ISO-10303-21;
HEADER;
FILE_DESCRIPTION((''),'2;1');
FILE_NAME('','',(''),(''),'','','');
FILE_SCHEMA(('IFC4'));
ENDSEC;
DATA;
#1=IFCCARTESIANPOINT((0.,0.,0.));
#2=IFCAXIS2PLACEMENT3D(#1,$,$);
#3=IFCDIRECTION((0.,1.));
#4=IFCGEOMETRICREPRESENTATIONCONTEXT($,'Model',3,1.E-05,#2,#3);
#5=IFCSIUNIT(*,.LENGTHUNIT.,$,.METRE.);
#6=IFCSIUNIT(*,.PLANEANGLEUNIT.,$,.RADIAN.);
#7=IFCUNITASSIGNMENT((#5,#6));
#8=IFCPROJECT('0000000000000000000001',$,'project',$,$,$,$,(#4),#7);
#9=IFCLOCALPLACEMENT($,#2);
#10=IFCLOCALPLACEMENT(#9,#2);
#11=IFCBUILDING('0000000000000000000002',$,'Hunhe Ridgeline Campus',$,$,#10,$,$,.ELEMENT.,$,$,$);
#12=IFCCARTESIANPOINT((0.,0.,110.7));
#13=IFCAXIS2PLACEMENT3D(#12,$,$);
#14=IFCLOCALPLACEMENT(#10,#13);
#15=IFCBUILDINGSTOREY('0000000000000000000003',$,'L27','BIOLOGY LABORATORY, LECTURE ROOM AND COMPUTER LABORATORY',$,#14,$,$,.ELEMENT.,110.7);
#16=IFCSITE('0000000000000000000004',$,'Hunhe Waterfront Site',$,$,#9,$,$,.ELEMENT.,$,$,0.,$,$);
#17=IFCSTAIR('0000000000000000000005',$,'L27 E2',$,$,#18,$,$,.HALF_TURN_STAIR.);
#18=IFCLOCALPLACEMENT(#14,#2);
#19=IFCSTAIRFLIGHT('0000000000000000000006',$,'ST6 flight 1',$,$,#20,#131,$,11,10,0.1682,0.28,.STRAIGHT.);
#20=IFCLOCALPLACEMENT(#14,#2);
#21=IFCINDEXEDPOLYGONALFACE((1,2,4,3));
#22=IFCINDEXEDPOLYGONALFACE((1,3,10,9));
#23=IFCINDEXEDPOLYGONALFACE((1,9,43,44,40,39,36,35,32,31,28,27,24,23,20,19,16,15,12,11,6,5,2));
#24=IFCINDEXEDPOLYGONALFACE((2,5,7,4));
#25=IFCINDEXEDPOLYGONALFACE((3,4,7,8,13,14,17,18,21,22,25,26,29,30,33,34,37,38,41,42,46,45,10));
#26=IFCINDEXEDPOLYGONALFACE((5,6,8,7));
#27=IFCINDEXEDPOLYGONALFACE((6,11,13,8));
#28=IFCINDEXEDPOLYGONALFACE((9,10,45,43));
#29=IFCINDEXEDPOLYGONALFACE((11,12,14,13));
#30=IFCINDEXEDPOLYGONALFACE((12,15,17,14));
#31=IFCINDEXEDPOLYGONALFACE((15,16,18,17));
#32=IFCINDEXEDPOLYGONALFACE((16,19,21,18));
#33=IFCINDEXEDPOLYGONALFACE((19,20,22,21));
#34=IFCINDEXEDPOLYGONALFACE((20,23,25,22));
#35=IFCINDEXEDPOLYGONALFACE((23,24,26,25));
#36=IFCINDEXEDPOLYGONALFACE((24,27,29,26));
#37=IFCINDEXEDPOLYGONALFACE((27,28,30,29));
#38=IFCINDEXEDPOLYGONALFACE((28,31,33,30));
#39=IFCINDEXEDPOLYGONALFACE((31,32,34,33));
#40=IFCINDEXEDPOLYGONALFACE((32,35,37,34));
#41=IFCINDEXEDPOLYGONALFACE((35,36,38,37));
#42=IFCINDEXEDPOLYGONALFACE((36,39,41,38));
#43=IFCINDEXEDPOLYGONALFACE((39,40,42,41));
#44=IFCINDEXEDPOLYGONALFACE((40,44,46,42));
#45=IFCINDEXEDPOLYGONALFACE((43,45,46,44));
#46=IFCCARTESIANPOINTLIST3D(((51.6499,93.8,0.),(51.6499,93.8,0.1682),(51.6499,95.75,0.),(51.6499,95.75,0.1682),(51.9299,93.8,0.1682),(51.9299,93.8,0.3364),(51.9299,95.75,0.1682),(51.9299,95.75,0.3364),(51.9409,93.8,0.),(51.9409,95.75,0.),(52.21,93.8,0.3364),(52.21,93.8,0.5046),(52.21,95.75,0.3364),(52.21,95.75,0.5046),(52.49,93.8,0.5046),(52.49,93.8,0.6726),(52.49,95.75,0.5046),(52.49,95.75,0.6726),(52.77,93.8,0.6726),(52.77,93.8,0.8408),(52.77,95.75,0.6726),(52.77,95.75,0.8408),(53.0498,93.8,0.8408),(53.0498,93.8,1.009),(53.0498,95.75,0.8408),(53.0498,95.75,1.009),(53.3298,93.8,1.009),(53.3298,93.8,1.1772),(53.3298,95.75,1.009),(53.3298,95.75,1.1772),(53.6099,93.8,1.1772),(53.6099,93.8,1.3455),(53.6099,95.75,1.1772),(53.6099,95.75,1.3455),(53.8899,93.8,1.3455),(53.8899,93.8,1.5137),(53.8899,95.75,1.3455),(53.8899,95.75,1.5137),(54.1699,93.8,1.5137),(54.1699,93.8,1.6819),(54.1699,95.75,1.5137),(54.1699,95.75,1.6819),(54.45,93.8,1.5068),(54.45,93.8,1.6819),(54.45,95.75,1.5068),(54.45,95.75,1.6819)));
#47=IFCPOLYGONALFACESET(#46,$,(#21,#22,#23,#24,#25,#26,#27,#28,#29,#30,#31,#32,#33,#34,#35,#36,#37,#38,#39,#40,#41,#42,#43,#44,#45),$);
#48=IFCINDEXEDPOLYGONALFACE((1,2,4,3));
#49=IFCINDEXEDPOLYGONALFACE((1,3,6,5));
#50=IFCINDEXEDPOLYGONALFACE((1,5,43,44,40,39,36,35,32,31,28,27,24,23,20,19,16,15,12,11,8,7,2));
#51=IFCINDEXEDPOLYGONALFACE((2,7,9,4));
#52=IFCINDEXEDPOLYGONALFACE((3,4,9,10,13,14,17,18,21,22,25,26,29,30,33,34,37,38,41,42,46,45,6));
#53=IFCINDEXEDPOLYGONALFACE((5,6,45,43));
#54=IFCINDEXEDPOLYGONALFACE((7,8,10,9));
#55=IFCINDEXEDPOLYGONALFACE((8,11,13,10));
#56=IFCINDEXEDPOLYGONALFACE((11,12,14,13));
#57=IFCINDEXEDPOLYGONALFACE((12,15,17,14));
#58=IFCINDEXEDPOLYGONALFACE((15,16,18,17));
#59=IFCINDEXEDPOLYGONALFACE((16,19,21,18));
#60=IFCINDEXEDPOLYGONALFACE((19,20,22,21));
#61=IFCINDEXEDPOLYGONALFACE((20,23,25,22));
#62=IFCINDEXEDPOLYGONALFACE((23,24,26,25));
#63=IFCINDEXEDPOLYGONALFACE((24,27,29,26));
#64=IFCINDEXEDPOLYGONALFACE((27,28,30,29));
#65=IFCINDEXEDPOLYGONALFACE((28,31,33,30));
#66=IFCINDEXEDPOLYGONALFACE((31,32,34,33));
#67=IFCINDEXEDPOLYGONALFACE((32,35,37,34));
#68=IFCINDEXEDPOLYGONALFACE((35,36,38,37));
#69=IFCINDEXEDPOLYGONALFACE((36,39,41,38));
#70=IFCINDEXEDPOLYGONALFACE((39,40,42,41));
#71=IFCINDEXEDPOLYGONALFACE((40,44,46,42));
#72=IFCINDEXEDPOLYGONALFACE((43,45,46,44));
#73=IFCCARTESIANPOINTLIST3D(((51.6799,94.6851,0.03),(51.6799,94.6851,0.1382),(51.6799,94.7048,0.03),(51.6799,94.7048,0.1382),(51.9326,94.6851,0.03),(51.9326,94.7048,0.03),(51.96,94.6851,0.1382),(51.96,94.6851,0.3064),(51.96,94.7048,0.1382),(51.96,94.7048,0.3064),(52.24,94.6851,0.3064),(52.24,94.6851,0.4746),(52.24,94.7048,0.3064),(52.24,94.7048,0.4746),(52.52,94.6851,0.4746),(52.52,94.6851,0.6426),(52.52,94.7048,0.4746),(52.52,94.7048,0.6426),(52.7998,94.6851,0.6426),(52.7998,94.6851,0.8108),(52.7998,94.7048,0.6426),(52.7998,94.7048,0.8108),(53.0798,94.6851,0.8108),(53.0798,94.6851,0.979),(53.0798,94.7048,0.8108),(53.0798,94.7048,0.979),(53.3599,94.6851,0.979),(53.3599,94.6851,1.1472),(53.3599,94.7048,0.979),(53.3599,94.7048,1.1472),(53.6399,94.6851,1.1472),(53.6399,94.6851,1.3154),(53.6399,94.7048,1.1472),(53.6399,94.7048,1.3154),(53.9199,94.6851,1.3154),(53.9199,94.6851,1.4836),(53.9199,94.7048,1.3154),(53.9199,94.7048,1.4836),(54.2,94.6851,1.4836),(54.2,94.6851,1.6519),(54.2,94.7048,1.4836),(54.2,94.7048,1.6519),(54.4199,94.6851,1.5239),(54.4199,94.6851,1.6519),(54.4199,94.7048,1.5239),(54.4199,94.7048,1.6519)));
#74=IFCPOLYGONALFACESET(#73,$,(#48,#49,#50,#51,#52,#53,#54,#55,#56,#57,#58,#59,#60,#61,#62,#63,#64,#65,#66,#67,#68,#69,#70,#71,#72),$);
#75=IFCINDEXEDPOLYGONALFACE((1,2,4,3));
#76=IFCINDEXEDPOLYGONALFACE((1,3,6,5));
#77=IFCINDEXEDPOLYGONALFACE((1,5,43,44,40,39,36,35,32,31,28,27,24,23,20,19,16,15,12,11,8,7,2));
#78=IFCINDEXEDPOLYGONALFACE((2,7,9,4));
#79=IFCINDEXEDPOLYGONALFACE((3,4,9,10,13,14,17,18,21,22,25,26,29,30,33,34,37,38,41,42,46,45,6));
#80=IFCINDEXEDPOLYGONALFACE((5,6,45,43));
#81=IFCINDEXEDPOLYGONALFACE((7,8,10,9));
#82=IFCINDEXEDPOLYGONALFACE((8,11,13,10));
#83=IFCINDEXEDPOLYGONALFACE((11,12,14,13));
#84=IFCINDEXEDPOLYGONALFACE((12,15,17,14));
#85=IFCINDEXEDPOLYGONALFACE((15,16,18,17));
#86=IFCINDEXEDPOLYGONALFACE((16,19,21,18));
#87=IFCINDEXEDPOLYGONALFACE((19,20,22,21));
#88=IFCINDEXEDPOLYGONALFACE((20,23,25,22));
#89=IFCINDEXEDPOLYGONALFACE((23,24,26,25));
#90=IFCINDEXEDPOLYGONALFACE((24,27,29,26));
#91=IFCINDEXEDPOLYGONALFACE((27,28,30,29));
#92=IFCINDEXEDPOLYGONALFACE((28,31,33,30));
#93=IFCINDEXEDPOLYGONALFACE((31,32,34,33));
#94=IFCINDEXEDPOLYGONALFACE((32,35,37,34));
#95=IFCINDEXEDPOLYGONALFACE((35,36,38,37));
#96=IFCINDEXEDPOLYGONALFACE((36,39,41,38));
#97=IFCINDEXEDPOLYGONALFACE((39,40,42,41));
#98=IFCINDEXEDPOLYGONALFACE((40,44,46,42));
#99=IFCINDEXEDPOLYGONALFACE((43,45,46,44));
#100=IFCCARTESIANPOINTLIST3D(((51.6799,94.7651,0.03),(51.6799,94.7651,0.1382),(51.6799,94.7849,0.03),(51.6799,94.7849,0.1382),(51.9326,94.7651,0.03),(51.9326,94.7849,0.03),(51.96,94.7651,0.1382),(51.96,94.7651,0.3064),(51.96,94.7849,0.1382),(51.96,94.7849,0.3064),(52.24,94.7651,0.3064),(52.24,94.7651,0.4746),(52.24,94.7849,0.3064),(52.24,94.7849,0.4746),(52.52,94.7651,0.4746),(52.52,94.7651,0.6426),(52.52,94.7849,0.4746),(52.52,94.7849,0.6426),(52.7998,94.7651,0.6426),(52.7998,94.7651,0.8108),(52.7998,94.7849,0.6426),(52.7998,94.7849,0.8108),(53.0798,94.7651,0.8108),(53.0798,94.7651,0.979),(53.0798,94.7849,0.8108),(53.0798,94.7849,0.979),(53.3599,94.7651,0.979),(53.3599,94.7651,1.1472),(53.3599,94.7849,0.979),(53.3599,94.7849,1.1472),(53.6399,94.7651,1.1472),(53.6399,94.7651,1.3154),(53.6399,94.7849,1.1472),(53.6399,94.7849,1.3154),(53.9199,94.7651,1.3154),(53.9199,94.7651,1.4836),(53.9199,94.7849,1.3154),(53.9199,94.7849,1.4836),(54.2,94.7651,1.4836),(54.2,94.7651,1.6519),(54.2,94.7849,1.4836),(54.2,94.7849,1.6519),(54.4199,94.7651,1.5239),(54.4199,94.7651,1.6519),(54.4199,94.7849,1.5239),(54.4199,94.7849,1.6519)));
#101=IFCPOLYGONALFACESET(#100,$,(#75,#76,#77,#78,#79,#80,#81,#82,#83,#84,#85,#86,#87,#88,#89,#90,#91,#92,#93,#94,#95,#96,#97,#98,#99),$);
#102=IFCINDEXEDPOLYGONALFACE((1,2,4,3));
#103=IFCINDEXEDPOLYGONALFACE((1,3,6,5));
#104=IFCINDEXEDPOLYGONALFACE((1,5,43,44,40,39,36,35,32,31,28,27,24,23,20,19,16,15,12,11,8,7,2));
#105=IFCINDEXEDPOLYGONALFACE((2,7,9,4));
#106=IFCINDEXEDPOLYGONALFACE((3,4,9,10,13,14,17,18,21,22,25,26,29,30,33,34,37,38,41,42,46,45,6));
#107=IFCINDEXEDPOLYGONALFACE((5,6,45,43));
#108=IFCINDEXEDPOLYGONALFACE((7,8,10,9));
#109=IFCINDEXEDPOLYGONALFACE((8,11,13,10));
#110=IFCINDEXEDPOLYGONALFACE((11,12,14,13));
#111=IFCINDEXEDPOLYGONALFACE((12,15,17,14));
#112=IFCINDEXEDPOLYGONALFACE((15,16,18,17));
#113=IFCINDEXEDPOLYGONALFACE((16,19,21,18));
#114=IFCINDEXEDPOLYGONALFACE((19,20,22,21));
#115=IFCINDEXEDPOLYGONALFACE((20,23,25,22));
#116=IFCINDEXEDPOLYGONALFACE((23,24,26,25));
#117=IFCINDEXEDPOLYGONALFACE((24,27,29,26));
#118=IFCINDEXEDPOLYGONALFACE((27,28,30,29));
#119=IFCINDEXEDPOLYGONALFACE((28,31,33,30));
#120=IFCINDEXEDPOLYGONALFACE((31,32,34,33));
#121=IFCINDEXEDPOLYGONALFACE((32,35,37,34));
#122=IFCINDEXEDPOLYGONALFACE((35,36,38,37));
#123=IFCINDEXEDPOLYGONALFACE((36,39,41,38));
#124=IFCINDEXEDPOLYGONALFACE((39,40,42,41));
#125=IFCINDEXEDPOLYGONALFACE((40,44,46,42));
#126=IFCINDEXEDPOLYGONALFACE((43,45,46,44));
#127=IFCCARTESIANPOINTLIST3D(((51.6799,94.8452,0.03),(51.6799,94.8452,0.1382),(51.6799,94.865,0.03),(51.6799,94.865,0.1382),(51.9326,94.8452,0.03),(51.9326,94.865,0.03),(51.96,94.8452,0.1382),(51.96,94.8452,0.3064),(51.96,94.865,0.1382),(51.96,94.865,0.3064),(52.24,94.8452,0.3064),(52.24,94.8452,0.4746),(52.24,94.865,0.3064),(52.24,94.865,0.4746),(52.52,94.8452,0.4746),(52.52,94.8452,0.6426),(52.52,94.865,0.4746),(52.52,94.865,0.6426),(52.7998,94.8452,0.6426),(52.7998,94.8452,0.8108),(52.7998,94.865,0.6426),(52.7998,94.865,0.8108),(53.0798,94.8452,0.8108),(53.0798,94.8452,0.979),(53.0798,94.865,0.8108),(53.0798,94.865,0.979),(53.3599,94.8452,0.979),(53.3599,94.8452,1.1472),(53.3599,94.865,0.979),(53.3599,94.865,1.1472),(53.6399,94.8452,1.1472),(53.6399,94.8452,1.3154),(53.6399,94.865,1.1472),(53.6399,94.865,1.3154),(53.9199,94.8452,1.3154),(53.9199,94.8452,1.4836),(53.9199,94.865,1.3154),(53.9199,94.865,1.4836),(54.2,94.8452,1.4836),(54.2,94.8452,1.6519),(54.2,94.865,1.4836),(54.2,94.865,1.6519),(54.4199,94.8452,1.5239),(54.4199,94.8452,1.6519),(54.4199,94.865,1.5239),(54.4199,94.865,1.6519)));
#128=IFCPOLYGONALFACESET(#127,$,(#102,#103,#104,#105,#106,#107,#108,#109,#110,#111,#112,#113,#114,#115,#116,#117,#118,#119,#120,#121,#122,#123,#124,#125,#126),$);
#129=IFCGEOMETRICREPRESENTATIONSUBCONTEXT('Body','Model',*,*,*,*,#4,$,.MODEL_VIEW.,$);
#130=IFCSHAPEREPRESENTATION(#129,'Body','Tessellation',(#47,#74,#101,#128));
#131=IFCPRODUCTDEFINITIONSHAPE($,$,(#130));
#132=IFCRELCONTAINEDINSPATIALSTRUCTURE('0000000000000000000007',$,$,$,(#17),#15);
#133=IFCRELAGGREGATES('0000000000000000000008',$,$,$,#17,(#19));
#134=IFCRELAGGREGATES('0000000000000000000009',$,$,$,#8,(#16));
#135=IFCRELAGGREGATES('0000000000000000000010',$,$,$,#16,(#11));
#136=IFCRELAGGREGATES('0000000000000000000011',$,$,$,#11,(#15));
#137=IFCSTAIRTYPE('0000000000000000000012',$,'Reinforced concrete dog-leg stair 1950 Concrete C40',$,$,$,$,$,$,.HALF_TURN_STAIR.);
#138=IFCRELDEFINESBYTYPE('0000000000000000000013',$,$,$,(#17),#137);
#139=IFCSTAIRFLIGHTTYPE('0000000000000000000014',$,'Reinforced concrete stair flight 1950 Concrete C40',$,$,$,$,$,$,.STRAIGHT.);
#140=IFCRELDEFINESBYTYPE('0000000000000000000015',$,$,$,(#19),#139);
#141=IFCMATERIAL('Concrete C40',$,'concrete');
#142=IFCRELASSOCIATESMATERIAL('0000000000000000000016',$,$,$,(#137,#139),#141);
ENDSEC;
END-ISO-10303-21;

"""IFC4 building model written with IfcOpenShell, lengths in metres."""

from ifc_helpers import new_model, si_unit, direction, frame, origin, place, context, subcontext, project, spatial, polyline, outline, extrude, material, type_object, element, aggregate, save


model = new_model("IFC4")

# Units and contexts
model_context = context("Model", 3, precision=1e-05, world=origin(), true_north=direction((0.0, 1.0)))
body_context = subcontext(model_context, "Body", "Model", "MODEL_VIEW")
ifc_project = project(units=[si_unit("LENGTHUNIT", "METRE"), si_unit("PLANEANGLEUNIT", "RADIAN")], contexts=[model_context])

# Site, building, storey
site_placement = place(None, origin())
site = spatial("IfcSite", under=ifc_project, at=site_placement, Name="Hunhe Waterfront Site", CompositionType="ELEMENT", RefElevation=0.0)
building_placement = place(site_placement, origin())
building = spatial("IfcBuilding", under=site, at=building_placement, Name="Hunhe Ridgeline Campus", CompositionType="ELEMENT")
storey_placement = place(building_placement, frame((0.0, 0.0, 110.7)))
storey = spatial("IfcBuildingStorey", under=building, at=storey_placement, Name="L27", Description="BIOLOGY LABORATORY, LECTURE ROOM AND COMPUTER LABORATORY", CompositionType="ELEMENT", Elevation=110.7)

# Stair, stair flight
ifc_material_1 = material(Name="Concrete C40", Category="concrete")
stair_type = type_object("IfcStairType", Name="Reinforced concrete dog-leg stair 1950 Concrete C40", PredefinedType="HALF_TURN_STAIR", material=ifc_material_1)
stair_1_placement = place(storey_placement, origin())
stair_1 = element("IfcStair", 1, at=stair_1_placement, inside=storey, type_object=stair_type, Name="L27 E2", PredefinedType="HALF_TURN_STAIR")
stair_flight_type = type_object("IfcStairFlightType", Name="Reinforced concrete stair flight 1950 Concrete C40", PredefinedType="STRAIGHT", material=ifc_material_1)
stair_flight_1_placement = place(storey_placement, frame((51.6499, 94.7749, 0.0), z_axis=(0.0, 0.0, 1.0), x_axis=(1.0, 0.0, 0.0)))
stair_flight_1 = element("IfcStairFlight", 2, at=stair_flight_1_placement, type_object=stair_flight_type, Name="ST6 flight 1", NumberOfRisers=11, NumberOfTreads=10, PredefinedType="STRAIGHT", RiserHeight=0.1682, TreadLength=0.28, context=body_context, shape_type="SweptSolid", body=[
    extrude(outline(polyline([(0.0, 0.0), (0.0, 0.1682), (0.28, 0.1682), (0.28, 0.3364), (0.5601, 0.3364), (0.5601, 0.5046), (0.8401, 0.5046), (0.8401, 0.6726), (1.1201, 0.6726), (1.1201, 0.8408), (1.3999, 0.8408), (1.3999, 1.009), (1.6799, 1.009), (1.6799, 1.1772), (1.96, 1.1772), (1.96, 1.3455), (2.24, 1.3455), (2.24, 1.5137), (2.52, 1.5137), (2.52, 1.6819), (2.8, 1.6819), (2.8, 1.8501), (2.8, 1.5068), (0.291, 0.0), (0.0, 0.0)])), frame((0.0, 0.9751, 0.0), z_axis=(0.0, -1.0, 0.0), x_axis=(1.0, 0.0, 0.0)), (0.0, 0.0, 1.0), 1.95),
    extrude(outline(polyline([(0.03, 0.03), (0.03, 0.1382), (0.3101, 0.1382), (0.3101, 0.3064), (0.5901, 0.3064), (0.5901, 0.4746), (0.8701, 0.4746), (0.8701, 0.6426), (1.1499, 0.6426), (1.1499, 0.8108), (1.4299, 0.8108), (1.4299, 0.979), (1.71, 0.979), (1.71, 1.1472), (1.99, 1.1472), (1.99, 1.3154), (2.27, 1.3154), (2.27, 1.4836), (2.55, 1.4836), (2.55, 1.6519), (2.77, 1.6519), (2.77, 1.5239), (0.2827, 0.03), (0.03, 0.03)])), frame((0.0, -0.0701, 0.0), z_axis=(0.0, -1.0, 0.0), x_axis=(1.0, 0.0, 0.0)), (0.0, 0.0, 1.0), 0.0198),
    extrude(outline(polyline([(0.03, 0.03), (0.03, 0.1382), (0.3101, 0.1382), (0.3101, 0.3064), (0.5901, 0.3064), (0.5901, 0.4746), (0.8701, 0.4746), (0.8701, 0.6426), (1.1499, 0.6426), (1.1499, 0.8108), (1.4299, 0.8108), (1.4299, 0.979), (1.71, 0.979), (1.71, 1.1472), (1.99, 1.1472), (1.99, 1.3154), (2.27, 1.3154), (2.27, 1.4836), (2.55, 1.4836), (2.55, 1.6519), (2.77, 1.6519), (2.77, 1.5239), (0.2827, 0.03), (0.03, 0.03)])), frame((0.0, 0.01, 0.0), z_axis=(0.0, -1.0, 0.0), x_axis=(1.0, 0.0, 0.0)), (0.0, 0.0, 1.0), 0.0198),
    extrude(outline(polyline([(0.03, 0.03), (0.03, 0.1382), (0.3101, 0.1382), (0.3101, 0.3064), (0.5901, 0.3064), (0.5901, 0.4746), (0.8701, 0.4746), (0.8701, 0.6426), (1.1499, 0.6426), (1.1499, 0.8108), (1.4299, 0.8108), (1.4299, 0.979), (1.71, 0.979), (1.71, 1.1472), (1.99, 1.1472), (1.99, 1.3154), (2.27, 1.3154), (2.27, 1.4836), (2.55, 1.4836), (2.55, 1.6519), (2.77, 1.6519), (2.77, 1.5239), (0.2827, 0.03), (0.03, 0.03)])), frame((0.0, 0.0901, 0.0), z_axis=(0.0, -1.0, 0.0), x_axis=(1.0, 0.0, 0.0)), (0.0, 0.0, 1.0), 0.0198),
])
aggregate(stair_1, [stair_flight_1])

save(model, "model.ifc")
